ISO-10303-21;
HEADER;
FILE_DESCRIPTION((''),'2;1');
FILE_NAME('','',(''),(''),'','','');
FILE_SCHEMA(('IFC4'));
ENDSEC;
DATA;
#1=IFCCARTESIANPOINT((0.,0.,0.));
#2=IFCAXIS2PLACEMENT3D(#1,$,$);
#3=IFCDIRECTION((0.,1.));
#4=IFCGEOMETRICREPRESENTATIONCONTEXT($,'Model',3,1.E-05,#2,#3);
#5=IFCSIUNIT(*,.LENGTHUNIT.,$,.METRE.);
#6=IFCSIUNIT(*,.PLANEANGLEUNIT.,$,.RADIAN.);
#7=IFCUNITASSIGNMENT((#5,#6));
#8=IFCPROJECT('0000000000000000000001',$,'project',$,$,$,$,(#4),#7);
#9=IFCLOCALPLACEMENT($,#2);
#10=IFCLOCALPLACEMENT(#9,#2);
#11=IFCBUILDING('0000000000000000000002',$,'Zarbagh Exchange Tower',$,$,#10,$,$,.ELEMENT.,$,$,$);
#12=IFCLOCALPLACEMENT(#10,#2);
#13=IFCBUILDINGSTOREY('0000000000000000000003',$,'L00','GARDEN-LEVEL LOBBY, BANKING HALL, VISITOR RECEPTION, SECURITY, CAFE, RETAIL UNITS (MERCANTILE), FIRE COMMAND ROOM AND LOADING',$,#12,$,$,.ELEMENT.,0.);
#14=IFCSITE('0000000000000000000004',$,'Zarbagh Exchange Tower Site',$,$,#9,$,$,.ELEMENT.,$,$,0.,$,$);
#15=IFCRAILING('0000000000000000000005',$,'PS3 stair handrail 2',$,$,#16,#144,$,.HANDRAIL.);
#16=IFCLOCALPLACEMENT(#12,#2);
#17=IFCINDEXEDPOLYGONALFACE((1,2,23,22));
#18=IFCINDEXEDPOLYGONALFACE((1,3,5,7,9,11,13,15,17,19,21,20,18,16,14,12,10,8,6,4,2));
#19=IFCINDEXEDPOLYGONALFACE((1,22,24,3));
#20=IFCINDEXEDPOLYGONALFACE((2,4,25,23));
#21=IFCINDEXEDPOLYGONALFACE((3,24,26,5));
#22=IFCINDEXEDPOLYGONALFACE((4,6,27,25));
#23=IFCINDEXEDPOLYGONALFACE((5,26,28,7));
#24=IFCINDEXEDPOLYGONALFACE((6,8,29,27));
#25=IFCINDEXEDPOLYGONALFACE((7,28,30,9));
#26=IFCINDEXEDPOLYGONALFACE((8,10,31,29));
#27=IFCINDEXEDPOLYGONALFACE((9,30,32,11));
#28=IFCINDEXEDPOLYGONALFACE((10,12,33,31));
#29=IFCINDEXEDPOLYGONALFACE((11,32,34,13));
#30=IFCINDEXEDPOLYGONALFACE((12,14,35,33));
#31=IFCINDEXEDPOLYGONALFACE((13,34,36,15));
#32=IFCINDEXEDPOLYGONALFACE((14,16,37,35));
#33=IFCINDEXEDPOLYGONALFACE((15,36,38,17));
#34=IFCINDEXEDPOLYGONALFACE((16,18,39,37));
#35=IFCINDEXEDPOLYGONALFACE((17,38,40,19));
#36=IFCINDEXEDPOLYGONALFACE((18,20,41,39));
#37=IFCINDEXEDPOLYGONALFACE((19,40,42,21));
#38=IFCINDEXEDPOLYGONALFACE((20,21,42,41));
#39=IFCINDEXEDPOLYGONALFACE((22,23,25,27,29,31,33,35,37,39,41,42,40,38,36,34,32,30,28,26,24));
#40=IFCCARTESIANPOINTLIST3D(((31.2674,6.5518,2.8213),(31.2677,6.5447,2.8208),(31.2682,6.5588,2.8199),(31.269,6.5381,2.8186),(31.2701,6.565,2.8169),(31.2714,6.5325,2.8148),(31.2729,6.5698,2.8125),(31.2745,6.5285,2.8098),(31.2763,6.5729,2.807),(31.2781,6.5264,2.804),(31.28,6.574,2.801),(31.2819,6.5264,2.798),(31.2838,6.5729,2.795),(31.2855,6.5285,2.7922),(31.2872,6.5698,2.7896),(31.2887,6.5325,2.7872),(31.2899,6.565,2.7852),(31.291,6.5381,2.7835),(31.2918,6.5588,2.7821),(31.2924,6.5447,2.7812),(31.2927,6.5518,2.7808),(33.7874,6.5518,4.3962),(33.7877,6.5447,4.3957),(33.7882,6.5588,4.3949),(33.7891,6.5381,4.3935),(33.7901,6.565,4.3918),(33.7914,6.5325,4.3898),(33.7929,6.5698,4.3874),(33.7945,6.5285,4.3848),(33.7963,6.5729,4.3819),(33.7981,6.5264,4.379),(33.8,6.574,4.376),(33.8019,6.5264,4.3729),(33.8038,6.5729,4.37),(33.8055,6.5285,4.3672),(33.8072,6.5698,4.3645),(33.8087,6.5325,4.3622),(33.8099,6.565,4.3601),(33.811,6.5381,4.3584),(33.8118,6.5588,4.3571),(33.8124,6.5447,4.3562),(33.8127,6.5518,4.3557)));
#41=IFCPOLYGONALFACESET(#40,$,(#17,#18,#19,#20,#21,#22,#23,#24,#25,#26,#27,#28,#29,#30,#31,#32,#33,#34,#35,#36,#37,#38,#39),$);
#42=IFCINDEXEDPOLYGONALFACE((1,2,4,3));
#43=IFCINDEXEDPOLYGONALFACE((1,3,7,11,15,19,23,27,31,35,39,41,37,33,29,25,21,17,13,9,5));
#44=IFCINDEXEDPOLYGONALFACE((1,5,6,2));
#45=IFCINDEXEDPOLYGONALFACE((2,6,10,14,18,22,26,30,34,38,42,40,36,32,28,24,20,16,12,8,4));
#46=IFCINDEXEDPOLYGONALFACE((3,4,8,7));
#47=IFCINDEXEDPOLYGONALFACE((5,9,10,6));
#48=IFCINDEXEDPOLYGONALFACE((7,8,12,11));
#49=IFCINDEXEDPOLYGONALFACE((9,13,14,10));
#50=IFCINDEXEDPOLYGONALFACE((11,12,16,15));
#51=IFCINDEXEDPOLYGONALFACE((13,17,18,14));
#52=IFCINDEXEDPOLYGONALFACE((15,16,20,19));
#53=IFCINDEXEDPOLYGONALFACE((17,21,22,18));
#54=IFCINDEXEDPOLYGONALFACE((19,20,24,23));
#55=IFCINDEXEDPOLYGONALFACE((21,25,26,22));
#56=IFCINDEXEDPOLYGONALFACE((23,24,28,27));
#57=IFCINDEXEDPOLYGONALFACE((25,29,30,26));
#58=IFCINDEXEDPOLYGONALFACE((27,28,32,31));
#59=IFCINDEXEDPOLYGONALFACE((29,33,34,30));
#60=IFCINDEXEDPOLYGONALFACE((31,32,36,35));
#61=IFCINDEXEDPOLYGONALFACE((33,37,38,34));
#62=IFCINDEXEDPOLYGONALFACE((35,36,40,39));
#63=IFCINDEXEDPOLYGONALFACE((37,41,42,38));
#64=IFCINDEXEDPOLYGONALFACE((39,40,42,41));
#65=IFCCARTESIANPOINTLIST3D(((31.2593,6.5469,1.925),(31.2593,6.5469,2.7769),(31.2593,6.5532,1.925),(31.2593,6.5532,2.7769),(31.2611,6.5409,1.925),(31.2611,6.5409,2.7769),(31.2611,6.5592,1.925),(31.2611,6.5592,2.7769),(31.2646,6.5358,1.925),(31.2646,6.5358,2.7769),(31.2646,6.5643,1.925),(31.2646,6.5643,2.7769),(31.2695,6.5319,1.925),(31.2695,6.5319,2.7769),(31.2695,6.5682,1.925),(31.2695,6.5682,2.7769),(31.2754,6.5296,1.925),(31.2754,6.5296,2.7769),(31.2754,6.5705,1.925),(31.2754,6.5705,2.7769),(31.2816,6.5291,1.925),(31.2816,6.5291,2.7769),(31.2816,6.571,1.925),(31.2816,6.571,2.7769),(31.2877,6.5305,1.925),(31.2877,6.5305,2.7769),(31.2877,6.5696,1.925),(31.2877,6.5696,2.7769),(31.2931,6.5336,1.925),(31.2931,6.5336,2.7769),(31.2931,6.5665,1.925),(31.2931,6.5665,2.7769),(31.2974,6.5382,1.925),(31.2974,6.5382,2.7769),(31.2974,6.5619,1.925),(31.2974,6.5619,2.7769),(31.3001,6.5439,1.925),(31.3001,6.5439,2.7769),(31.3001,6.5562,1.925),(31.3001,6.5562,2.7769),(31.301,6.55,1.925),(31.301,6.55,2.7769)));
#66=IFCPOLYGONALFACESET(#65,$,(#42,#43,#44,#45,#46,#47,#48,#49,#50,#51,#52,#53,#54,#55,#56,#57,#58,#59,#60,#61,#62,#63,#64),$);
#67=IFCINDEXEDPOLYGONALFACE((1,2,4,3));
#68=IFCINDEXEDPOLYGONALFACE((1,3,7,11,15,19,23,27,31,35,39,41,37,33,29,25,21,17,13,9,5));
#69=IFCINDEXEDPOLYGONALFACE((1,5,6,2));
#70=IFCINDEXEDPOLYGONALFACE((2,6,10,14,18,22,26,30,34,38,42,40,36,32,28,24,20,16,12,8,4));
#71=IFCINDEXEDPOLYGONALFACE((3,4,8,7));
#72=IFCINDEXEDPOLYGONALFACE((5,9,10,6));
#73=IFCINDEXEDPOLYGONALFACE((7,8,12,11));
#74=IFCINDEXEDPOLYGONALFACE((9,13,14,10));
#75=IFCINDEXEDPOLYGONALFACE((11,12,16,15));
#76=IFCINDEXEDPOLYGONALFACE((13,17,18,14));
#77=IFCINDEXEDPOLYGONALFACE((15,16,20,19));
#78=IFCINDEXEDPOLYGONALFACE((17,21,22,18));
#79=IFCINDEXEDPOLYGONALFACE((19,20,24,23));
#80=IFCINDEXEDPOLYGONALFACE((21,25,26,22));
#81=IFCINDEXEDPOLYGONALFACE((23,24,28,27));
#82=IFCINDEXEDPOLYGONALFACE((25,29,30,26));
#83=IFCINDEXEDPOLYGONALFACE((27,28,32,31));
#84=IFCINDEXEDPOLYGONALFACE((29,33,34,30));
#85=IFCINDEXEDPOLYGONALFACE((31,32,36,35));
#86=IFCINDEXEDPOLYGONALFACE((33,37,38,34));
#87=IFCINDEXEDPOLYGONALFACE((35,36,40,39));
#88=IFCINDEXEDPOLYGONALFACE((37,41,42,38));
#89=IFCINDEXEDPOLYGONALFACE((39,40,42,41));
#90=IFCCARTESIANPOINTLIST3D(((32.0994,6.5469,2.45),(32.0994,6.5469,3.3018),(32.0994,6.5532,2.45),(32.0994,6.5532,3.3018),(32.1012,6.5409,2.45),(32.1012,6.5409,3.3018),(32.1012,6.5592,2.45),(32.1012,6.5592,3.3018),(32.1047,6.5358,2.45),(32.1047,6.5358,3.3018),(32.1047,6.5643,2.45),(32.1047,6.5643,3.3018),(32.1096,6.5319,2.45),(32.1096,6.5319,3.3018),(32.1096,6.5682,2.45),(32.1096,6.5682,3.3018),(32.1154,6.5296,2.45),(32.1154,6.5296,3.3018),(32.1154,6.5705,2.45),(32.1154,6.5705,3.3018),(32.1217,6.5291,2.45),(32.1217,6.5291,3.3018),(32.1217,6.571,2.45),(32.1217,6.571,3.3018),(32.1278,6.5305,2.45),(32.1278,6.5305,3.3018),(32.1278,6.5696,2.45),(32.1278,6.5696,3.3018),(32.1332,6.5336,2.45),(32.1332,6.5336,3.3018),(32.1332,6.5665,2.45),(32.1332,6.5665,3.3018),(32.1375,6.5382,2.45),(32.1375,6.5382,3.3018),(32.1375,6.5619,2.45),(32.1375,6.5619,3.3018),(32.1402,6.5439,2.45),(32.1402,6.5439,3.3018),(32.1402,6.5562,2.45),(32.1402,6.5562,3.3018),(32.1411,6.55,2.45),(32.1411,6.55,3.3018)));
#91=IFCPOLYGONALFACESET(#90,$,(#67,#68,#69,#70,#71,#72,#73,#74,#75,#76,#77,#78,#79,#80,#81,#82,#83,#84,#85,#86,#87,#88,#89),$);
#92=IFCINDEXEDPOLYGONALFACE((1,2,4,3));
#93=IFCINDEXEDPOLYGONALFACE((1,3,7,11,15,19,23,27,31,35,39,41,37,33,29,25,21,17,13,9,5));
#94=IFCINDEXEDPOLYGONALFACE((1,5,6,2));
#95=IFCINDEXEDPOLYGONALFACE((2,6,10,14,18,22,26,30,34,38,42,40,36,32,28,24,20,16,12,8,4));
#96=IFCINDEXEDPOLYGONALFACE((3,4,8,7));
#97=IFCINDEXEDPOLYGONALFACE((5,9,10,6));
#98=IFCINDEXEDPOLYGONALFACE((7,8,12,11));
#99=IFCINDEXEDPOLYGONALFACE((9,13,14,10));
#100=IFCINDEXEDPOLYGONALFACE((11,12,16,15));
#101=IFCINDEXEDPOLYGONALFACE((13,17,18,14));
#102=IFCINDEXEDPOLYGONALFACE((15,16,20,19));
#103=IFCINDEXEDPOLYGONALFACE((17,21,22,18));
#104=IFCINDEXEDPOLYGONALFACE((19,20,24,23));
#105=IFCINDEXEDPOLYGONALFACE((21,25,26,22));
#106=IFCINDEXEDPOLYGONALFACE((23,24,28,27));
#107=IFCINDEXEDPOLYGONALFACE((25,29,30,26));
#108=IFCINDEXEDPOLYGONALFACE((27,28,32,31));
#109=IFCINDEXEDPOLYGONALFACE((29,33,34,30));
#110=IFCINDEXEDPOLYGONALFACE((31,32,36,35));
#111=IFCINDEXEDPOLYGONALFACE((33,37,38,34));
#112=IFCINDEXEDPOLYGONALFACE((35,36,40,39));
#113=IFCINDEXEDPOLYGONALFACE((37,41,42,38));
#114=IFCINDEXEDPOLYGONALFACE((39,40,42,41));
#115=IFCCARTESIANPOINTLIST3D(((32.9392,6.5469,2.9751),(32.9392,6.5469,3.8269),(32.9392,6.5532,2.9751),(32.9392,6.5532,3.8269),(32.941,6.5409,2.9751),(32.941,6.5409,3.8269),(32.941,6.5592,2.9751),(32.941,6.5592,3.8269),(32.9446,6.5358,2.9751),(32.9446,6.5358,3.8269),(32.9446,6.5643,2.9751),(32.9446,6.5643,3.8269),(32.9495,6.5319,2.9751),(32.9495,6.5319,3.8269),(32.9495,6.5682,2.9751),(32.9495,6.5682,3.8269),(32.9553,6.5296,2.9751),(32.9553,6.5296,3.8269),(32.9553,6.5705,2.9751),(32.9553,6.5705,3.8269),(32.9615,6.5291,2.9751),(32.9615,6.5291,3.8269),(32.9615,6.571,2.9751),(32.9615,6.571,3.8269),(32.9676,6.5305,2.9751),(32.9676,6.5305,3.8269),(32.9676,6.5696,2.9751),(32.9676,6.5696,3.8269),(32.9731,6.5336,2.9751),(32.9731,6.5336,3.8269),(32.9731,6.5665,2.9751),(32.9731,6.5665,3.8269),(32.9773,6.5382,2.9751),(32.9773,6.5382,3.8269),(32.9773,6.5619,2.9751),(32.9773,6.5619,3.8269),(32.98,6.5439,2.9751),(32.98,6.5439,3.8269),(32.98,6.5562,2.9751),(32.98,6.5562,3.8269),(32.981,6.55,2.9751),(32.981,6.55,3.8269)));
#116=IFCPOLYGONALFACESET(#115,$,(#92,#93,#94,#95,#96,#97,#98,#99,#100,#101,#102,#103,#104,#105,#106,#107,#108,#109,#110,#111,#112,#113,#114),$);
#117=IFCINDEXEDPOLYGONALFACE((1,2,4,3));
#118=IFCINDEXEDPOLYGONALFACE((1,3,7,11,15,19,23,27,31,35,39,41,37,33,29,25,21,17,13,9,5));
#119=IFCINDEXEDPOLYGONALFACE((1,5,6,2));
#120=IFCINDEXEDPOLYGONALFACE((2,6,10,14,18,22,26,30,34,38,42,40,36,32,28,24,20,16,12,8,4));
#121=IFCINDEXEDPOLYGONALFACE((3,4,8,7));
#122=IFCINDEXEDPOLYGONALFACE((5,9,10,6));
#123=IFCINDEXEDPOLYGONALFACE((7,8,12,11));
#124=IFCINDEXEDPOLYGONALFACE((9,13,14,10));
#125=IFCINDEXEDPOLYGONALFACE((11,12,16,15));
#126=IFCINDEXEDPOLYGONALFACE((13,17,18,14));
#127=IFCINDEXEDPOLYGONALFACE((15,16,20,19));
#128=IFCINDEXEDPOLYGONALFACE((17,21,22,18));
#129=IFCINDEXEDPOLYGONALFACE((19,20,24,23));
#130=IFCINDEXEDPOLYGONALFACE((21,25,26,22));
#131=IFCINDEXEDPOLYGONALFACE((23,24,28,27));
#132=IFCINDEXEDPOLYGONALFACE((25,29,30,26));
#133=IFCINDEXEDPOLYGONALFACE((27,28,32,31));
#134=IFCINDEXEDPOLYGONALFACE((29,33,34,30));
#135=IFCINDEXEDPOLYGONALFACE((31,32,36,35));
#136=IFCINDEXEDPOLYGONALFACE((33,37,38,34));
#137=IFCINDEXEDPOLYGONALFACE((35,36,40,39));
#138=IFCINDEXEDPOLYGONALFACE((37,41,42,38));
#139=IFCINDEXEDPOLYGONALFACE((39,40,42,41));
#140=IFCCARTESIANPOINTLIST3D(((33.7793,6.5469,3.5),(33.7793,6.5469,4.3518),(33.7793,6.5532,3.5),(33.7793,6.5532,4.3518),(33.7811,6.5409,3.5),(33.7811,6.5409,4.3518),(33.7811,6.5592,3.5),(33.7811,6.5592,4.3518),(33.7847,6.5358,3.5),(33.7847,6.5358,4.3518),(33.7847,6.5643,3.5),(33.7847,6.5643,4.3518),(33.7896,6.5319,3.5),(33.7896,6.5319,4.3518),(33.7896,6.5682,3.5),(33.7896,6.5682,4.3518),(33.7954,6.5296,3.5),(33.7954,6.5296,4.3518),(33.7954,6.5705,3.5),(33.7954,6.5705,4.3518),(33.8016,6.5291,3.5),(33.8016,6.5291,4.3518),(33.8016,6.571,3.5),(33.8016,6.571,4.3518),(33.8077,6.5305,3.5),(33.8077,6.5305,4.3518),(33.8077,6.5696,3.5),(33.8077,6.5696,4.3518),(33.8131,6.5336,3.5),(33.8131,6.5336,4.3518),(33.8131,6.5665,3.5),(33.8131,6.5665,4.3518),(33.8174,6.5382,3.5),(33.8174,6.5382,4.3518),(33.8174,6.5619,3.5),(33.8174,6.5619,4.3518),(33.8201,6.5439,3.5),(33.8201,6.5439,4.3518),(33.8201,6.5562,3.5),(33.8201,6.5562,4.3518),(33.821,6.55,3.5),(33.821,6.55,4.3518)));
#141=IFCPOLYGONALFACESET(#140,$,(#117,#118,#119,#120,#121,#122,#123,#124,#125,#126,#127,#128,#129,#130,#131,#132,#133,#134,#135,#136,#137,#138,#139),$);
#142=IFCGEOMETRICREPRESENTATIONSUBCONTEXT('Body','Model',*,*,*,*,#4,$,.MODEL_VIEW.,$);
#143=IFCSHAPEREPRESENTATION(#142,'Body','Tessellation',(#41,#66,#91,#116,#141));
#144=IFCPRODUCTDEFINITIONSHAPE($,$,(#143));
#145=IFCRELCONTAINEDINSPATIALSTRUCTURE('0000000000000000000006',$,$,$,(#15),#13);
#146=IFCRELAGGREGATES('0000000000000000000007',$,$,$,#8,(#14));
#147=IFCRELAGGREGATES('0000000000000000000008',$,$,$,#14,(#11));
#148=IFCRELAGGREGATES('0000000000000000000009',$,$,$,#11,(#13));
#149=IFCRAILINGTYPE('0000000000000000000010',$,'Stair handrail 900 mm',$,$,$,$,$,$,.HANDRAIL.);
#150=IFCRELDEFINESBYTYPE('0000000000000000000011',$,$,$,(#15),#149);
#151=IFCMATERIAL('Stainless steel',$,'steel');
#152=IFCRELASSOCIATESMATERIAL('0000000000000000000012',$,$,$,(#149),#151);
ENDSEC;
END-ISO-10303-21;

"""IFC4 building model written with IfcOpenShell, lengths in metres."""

from ifc_helpers import new_model, si_unit, direction, frame, origin, origin_2d, place, context, subcontext, project, spatial, circle, extrude, material, type_object, element, save


model = new_model("IFC4")

# Units and contexts
model_context = context("Model", 3, precision=1e-05, world=origin(), true_north=direction((0.0, 1.0)))
body_context = subcontext(model_context, "Body", "Model", "MODEL_VIEW")
ifc_project = project(units=[si_unit("LENGTHUNIT", "METRE"), si_unit("PLANEANGLEUNIT", "RADIAN")], contexts=[model_context])

# Site, building, storey
site_placement = place(None, origin())
site = spatial("IfcSite", under=ifc_project, at=site_placement, Name="Zarbagh Exchange Tower Site", CompositionType="ELEMENT", RefElevation=0.0)
building_placement = place(site_placement, origin())
building = spatial("IfcBuilding", under=site, at=building_placement, Name="Zarbagh Exchange Tower", CompositionType="ELEMENT")
storey_placement = place(building_placement, origin())
storey = spatial("IfcBuildingStorey", under=building, at=storey_placement, Name="L00", Description="GARDEN-LEVEL LOBBY, BANKING HALL, VISITOR RECEPTION, SECURITY, CAFE, RETAIL UNITS (MERCANTILE), FIRE COMMAND ROOM AND LOADING", CompositionType="ELEMENT", Elevation=0.0)

# Railing
ifc_material_1 = material(Name="Stainless steel", Category="steel")
railing_type_1 = type_object("IfcRailingType", Name="Stair handrail 900 mm", PredefinedType="HANDRAIL", material=ifc_material_1)
for number, where, name in (
    (1, (31.28, 6.55, 1.925), "PS3 stair handrail 2"),
):
    element("IfcRailing", number, at=place(storey_placement, frame(where)), inside=storey, type_object=railing_type_1, Name=name, PredefinedType="HANDRAIL", context=body_context, shape_type="SweptSolid", body=[
        extrude(circle(Radius=0.0239, at=origin_2d()), frame((0.0, 0.0, 0.876), z_axis=(0.848008, 0.0, 0.529984), x_axis=(0.0, 1.0, 0.0)), (0.0, 0.0, 1.0), 2.9717),
        extrude(circle(Radius=0.021, at=origin_2d()), origin(), (0.0, 0.0, 1.0), 0.8518),
        extrude(circle(Radius=0.021, at=origin_2d()), frame((0.8401, 0.0, 0.5249)), (0.0, 0.0, 1.0), 0.8518),
        extrude(circle(Radius=0.021, at=origin_2d()), frame((1.6799, 0.0, 1.05)), (0.0, 0.0, 1.0), 0.8518),
        extrude(circle(Radius=0.021, at=origin_2d()), frame((2.52, 0.0, 1.575)), (0.0, 0.0, 1.0), 0.8518),
    ])

save(model, "model.ifc")
